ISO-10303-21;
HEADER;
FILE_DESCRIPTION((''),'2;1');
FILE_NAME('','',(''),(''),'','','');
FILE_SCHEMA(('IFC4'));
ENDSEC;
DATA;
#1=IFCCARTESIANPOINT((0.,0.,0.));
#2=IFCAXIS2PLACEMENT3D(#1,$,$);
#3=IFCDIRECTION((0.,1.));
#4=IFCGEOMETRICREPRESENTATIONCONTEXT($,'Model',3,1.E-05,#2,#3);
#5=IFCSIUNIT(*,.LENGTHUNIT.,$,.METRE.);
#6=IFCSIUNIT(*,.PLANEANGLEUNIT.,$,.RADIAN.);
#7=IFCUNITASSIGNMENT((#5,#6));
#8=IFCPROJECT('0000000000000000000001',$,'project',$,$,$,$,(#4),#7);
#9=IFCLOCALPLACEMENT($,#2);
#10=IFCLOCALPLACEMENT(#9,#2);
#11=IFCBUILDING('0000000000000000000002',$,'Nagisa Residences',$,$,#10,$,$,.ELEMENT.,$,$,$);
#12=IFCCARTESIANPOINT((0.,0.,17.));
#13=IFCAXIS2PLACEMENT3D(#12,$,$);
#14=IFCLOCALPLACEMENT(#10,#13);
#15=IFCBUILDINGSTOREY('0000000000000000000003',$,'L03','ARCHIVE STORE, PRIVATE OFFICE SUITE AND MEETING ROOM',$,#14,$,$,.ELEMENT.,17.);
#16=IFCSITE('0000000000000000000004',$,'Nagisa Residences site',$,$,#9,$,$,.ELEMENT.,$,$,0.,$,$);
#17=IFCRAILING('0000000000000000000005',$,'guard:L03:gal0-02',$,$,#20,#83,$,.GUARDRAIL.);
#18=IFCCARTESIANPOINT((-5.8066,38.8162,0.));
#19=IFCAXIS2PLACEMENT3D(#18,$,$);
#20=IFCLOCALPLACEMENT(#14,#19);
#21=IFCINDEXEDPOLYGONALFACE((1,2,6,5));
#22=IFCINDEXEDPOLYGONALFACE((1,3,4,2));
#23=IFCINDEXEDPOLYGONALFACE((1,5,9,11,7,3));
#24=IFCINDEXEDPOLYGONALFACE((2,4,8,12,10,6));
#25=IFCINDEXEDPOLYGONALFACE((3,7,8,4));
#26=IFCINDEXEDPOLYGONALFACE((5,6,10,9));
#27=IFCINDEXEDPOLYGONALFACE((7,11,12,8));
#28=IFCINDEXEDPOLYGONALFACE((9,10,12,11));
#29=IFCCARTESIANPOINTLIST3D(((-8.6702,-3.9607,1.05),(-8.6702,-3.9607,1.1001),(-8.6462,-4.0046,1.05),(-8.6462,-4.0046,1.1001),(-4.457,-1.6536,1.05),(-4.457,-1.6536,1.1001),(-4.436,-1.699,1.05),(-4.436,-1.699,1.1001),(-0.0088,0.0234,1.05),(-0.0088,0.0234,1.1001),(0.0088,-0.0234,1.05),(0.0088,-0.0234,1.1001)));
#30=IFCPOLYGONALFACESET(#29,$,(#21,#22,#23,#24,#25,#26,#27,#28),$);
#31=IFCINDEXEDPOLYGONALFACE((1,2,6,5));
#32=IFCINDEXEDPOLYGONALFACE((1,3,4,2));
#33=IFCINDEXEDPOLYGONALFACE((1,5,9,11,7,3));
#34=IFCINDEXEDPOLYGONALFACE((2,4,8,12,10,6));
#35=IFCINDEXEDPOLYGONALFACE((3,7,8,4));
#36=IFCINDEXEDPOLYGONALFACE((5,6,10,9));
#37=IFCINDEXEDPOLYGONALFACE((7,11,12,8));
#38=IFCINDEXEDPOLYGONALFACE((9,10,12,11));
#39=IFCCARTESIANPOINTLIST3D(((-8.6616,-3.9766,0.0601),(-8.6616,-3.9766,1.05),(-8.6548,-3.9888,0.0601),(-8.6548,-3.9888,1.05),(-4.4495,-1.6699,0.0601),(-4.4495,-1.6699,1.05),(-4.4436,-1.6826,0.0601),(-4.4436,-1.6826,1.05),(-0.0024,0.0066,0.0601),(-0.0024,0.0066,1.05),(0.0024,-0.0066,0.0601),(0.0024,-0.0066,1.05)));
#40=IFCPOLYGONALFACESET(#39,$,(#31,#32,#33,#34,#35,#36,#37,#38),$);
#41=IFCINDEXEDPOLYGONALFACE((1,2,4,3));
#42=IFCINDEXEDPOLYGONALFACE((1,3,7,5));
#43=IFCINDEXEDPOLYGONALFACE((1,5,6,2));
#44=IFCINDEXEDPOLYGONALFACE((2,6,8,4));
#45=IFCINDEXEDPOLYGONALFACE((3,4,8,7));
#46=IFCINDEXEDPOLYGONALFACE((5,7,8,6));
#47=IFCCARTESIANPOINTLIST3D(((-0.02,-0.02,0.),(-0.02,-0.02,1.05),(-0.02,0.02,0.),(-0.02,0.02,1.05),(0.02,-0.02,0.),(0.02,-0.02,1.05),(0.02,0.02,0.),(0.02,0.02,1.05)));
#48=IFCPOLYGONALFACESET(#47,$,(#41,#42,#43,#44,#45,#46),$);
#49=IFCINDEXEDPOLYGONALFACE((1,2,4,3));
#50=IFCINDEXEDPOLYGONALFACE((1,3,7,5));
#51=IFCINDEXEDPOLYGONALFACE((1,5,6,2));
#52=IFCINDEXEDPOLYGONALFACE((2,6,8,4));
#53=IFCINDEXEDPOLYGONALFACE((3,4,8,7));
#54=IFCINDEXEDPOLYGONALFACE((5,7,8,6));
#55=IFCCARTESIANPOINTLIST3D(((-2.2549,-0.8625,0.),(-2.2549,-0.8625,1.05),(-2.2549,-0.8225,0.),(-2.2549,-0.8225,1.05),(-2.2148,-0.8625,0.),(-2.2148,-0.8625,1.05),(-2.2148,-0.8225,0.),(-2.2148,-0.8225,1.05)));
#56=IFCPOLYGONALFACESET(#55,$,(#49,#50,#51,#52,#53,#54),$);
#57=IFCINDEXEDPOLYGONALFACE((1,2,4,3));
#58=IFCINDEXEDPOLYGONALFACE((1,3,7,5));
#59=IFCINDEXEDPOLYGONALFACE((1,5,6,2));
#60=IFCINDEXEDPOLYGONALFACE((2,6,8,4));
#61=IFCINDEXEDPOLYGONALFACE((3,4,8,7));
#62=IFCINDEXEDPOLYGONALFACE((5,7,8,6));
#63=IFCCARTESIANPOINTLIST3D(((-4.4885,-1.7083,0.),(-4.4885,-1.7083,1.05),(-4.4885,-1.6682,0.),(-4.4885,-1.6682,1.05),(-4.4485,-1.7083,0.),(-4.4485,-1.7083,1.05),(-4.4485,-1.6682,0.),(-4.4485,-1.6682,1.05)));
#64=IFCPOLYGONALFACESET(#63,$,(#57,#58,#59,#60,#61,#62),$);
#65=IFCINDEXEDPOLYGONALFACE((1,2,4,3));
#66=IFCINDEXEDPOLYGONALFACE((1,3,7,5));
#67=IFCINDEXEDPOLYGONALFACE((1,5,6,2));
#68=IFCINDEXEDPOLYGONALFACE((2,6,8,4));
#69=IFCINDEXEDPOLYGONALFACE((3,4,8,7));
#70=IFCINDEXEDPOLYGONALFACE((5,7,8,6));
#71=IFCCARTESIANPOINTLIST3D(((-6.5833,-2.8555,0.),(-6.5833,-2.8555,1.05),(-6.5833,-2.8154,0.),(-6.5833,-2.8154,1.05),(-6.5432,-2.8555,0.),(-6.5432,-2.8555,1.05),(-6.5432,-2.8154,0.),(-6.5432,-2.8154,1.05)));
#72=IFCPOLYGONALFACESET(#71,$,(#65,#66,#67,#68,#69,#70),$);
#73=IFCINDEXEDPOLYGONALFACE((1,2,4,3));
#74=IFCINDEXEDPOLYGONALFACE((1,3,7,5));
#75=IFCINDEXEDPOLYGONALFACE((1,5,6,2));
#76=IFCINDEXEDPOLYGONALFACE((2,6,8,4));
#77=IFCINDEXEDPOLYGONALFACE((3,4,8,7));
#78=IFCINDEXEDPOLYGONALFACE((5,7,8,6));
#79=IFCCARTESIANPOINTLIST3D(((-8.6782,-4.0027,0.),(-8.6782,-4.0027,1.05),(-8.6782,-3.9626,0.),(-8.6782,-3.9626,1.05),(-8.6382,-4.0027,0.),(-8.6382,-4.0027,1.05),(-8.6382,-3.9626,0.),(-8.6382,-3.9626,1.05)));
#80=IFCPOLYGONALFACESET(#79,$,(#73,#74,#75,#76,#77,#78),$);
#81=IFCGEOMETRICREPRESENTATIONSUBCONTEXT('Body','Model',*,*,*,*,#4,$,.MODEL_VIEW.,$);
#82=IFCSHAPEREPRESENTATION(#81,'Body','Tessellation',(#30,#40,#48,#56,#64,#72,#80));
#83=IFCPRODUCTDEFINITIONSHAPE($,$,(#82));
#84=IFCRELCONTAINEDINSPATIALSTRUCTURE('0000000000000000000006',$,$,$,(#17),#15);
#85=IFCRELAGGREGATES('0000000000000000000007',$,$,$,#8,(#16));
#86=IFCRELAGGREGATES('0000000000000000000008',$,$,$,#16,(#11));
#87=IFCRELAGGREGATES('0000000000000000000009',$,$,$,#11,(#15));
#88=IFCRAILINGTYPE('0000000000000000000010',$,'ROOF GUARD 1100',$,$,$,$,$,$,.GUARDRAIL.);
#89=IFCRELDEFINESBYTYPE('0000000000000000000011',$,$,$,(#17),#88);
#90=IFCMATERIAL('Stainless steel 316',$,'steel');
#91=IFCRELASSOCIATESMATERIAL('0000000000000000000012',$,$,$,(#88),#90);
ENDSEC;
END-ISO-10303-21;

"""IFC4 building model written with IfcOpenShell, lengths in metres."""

from ifc_helpers import new_model, si_unit, direction, frame, origin, origin_2d, place, context, subcontext, project, spatial, polyline, rectangle, outline, extrude, material, type_object, element, save


model = new_model("IFC4")

# Units and contexts
model_context = context("Model", 3, precision=1e-05, world=origin(), true_north=direction((0.0, 1.0)))
body_context = subcontext(model_context, "Body", "Model", "MODEL_VIEW")
ifc_project = project(units=[si_unit("LENGTHUNIT", "METRE"), si_unit("PLANEANGLEUNIT", "RADIAN")], contexts=[model_context])

# Site, building, storey
site_placement = place(None, origin())
site = spatial("IfcSite", under=ifc_project, at=site_placement, Name="Nagisa Residences site", CompositionType="ELEMENT", RefElevation=0.0)
building_placement = place(site_placement, origin())
building = spatial("IfcBuilding", under=site, at=building_placement, Name="Nagisa Residences", CompositionType="ELEMENT")
storey_placement = place(building_placement, frame((0.0, 0.0, 17.0)))
storey = spatial("IfcBuildingStorey", under=building, at=storey_placement, Name="L03", Description="ARCHIVE STORE, PRIVATE OFFICE SUITE AND MEETING ROOM", CompositionType="ELEMENT", Elevation=17.0)

# Railing
ifc_material_1 = material(Name="Stainless steel 316", Category="steel")
railing_type = type_object("IfcRailingType", Name="ROOF GUARD 1100", PredefinedType="GUARDRAIL", material=ifc_material_1)
railing_1_placement = place(storey_placement, frame((-5.8066, 38.8162, 0.0)))
element("IfcRailing", 1, at=railing_1_placement, inside=storey, type_object=railing_type, Name="guard:L03:gal0-02", PredefinedType="GUARDRAIL", context=body_context, shape_type="SweptSolid", body=[
    extrude(outline(polyline([(-4.436, -1.699), (0.0088, -0.0234), (-0.0088, 0.0234), (-4.457, -1.6536), (-8.6702, -3.9607), (-8.6462, -4.0046), (-4.436, -1.699)])), frame((0.0, 0.0, 1.05)), (0.0, 0.0, 1.0), 0.05),
    extrude(outline(polyline([(-4.4436, -1.6826), (0.0024, -0.0066), (-0.0024, 0.0066), (-4.4495, -1.6699), (-8.6616, -3.9766), (-8.6548, -3.9888), (-4.4436, -1.6826)])), frame((0.0, 0.0, 0.0601)), (0.0, 0.0, 1.0), 0.99),
    extrude(rectangle(XDim=0.04, YDim=0.04, at=origin_2d()), origin(), (0.0, 0.0, 1.0), 1.05),
    extrude(rectangle(XDim=0.04, YDim=0.04, at=origin_2d()), frame((-2.2349, -0.8425, 0.0)), (0.0, 0.0, 1.0), 1.05),
    extrude(rectangle(XDim=0.04, YDim=0.04, at=origin_2d()), frame((-4.4685, -1.6882, 0.0)), (0.0, 0.0, 1.0), 1.05),
    extrude(rectangle(XDim=0.04, YDim=0.04, at=origin_2d()), frame((-6.5632, -2.8354, 0.0)), (0.0, 0.0, 1.0), 1.05),
    extrude(rectangle(XDim=0.04, YDim=0.04, at=origin_2d()), frame((-8.6582, -3.9827, 0.0)), (0.0, 0.0, 1.0), 1.05),
])

save(model, "model.ifc")
